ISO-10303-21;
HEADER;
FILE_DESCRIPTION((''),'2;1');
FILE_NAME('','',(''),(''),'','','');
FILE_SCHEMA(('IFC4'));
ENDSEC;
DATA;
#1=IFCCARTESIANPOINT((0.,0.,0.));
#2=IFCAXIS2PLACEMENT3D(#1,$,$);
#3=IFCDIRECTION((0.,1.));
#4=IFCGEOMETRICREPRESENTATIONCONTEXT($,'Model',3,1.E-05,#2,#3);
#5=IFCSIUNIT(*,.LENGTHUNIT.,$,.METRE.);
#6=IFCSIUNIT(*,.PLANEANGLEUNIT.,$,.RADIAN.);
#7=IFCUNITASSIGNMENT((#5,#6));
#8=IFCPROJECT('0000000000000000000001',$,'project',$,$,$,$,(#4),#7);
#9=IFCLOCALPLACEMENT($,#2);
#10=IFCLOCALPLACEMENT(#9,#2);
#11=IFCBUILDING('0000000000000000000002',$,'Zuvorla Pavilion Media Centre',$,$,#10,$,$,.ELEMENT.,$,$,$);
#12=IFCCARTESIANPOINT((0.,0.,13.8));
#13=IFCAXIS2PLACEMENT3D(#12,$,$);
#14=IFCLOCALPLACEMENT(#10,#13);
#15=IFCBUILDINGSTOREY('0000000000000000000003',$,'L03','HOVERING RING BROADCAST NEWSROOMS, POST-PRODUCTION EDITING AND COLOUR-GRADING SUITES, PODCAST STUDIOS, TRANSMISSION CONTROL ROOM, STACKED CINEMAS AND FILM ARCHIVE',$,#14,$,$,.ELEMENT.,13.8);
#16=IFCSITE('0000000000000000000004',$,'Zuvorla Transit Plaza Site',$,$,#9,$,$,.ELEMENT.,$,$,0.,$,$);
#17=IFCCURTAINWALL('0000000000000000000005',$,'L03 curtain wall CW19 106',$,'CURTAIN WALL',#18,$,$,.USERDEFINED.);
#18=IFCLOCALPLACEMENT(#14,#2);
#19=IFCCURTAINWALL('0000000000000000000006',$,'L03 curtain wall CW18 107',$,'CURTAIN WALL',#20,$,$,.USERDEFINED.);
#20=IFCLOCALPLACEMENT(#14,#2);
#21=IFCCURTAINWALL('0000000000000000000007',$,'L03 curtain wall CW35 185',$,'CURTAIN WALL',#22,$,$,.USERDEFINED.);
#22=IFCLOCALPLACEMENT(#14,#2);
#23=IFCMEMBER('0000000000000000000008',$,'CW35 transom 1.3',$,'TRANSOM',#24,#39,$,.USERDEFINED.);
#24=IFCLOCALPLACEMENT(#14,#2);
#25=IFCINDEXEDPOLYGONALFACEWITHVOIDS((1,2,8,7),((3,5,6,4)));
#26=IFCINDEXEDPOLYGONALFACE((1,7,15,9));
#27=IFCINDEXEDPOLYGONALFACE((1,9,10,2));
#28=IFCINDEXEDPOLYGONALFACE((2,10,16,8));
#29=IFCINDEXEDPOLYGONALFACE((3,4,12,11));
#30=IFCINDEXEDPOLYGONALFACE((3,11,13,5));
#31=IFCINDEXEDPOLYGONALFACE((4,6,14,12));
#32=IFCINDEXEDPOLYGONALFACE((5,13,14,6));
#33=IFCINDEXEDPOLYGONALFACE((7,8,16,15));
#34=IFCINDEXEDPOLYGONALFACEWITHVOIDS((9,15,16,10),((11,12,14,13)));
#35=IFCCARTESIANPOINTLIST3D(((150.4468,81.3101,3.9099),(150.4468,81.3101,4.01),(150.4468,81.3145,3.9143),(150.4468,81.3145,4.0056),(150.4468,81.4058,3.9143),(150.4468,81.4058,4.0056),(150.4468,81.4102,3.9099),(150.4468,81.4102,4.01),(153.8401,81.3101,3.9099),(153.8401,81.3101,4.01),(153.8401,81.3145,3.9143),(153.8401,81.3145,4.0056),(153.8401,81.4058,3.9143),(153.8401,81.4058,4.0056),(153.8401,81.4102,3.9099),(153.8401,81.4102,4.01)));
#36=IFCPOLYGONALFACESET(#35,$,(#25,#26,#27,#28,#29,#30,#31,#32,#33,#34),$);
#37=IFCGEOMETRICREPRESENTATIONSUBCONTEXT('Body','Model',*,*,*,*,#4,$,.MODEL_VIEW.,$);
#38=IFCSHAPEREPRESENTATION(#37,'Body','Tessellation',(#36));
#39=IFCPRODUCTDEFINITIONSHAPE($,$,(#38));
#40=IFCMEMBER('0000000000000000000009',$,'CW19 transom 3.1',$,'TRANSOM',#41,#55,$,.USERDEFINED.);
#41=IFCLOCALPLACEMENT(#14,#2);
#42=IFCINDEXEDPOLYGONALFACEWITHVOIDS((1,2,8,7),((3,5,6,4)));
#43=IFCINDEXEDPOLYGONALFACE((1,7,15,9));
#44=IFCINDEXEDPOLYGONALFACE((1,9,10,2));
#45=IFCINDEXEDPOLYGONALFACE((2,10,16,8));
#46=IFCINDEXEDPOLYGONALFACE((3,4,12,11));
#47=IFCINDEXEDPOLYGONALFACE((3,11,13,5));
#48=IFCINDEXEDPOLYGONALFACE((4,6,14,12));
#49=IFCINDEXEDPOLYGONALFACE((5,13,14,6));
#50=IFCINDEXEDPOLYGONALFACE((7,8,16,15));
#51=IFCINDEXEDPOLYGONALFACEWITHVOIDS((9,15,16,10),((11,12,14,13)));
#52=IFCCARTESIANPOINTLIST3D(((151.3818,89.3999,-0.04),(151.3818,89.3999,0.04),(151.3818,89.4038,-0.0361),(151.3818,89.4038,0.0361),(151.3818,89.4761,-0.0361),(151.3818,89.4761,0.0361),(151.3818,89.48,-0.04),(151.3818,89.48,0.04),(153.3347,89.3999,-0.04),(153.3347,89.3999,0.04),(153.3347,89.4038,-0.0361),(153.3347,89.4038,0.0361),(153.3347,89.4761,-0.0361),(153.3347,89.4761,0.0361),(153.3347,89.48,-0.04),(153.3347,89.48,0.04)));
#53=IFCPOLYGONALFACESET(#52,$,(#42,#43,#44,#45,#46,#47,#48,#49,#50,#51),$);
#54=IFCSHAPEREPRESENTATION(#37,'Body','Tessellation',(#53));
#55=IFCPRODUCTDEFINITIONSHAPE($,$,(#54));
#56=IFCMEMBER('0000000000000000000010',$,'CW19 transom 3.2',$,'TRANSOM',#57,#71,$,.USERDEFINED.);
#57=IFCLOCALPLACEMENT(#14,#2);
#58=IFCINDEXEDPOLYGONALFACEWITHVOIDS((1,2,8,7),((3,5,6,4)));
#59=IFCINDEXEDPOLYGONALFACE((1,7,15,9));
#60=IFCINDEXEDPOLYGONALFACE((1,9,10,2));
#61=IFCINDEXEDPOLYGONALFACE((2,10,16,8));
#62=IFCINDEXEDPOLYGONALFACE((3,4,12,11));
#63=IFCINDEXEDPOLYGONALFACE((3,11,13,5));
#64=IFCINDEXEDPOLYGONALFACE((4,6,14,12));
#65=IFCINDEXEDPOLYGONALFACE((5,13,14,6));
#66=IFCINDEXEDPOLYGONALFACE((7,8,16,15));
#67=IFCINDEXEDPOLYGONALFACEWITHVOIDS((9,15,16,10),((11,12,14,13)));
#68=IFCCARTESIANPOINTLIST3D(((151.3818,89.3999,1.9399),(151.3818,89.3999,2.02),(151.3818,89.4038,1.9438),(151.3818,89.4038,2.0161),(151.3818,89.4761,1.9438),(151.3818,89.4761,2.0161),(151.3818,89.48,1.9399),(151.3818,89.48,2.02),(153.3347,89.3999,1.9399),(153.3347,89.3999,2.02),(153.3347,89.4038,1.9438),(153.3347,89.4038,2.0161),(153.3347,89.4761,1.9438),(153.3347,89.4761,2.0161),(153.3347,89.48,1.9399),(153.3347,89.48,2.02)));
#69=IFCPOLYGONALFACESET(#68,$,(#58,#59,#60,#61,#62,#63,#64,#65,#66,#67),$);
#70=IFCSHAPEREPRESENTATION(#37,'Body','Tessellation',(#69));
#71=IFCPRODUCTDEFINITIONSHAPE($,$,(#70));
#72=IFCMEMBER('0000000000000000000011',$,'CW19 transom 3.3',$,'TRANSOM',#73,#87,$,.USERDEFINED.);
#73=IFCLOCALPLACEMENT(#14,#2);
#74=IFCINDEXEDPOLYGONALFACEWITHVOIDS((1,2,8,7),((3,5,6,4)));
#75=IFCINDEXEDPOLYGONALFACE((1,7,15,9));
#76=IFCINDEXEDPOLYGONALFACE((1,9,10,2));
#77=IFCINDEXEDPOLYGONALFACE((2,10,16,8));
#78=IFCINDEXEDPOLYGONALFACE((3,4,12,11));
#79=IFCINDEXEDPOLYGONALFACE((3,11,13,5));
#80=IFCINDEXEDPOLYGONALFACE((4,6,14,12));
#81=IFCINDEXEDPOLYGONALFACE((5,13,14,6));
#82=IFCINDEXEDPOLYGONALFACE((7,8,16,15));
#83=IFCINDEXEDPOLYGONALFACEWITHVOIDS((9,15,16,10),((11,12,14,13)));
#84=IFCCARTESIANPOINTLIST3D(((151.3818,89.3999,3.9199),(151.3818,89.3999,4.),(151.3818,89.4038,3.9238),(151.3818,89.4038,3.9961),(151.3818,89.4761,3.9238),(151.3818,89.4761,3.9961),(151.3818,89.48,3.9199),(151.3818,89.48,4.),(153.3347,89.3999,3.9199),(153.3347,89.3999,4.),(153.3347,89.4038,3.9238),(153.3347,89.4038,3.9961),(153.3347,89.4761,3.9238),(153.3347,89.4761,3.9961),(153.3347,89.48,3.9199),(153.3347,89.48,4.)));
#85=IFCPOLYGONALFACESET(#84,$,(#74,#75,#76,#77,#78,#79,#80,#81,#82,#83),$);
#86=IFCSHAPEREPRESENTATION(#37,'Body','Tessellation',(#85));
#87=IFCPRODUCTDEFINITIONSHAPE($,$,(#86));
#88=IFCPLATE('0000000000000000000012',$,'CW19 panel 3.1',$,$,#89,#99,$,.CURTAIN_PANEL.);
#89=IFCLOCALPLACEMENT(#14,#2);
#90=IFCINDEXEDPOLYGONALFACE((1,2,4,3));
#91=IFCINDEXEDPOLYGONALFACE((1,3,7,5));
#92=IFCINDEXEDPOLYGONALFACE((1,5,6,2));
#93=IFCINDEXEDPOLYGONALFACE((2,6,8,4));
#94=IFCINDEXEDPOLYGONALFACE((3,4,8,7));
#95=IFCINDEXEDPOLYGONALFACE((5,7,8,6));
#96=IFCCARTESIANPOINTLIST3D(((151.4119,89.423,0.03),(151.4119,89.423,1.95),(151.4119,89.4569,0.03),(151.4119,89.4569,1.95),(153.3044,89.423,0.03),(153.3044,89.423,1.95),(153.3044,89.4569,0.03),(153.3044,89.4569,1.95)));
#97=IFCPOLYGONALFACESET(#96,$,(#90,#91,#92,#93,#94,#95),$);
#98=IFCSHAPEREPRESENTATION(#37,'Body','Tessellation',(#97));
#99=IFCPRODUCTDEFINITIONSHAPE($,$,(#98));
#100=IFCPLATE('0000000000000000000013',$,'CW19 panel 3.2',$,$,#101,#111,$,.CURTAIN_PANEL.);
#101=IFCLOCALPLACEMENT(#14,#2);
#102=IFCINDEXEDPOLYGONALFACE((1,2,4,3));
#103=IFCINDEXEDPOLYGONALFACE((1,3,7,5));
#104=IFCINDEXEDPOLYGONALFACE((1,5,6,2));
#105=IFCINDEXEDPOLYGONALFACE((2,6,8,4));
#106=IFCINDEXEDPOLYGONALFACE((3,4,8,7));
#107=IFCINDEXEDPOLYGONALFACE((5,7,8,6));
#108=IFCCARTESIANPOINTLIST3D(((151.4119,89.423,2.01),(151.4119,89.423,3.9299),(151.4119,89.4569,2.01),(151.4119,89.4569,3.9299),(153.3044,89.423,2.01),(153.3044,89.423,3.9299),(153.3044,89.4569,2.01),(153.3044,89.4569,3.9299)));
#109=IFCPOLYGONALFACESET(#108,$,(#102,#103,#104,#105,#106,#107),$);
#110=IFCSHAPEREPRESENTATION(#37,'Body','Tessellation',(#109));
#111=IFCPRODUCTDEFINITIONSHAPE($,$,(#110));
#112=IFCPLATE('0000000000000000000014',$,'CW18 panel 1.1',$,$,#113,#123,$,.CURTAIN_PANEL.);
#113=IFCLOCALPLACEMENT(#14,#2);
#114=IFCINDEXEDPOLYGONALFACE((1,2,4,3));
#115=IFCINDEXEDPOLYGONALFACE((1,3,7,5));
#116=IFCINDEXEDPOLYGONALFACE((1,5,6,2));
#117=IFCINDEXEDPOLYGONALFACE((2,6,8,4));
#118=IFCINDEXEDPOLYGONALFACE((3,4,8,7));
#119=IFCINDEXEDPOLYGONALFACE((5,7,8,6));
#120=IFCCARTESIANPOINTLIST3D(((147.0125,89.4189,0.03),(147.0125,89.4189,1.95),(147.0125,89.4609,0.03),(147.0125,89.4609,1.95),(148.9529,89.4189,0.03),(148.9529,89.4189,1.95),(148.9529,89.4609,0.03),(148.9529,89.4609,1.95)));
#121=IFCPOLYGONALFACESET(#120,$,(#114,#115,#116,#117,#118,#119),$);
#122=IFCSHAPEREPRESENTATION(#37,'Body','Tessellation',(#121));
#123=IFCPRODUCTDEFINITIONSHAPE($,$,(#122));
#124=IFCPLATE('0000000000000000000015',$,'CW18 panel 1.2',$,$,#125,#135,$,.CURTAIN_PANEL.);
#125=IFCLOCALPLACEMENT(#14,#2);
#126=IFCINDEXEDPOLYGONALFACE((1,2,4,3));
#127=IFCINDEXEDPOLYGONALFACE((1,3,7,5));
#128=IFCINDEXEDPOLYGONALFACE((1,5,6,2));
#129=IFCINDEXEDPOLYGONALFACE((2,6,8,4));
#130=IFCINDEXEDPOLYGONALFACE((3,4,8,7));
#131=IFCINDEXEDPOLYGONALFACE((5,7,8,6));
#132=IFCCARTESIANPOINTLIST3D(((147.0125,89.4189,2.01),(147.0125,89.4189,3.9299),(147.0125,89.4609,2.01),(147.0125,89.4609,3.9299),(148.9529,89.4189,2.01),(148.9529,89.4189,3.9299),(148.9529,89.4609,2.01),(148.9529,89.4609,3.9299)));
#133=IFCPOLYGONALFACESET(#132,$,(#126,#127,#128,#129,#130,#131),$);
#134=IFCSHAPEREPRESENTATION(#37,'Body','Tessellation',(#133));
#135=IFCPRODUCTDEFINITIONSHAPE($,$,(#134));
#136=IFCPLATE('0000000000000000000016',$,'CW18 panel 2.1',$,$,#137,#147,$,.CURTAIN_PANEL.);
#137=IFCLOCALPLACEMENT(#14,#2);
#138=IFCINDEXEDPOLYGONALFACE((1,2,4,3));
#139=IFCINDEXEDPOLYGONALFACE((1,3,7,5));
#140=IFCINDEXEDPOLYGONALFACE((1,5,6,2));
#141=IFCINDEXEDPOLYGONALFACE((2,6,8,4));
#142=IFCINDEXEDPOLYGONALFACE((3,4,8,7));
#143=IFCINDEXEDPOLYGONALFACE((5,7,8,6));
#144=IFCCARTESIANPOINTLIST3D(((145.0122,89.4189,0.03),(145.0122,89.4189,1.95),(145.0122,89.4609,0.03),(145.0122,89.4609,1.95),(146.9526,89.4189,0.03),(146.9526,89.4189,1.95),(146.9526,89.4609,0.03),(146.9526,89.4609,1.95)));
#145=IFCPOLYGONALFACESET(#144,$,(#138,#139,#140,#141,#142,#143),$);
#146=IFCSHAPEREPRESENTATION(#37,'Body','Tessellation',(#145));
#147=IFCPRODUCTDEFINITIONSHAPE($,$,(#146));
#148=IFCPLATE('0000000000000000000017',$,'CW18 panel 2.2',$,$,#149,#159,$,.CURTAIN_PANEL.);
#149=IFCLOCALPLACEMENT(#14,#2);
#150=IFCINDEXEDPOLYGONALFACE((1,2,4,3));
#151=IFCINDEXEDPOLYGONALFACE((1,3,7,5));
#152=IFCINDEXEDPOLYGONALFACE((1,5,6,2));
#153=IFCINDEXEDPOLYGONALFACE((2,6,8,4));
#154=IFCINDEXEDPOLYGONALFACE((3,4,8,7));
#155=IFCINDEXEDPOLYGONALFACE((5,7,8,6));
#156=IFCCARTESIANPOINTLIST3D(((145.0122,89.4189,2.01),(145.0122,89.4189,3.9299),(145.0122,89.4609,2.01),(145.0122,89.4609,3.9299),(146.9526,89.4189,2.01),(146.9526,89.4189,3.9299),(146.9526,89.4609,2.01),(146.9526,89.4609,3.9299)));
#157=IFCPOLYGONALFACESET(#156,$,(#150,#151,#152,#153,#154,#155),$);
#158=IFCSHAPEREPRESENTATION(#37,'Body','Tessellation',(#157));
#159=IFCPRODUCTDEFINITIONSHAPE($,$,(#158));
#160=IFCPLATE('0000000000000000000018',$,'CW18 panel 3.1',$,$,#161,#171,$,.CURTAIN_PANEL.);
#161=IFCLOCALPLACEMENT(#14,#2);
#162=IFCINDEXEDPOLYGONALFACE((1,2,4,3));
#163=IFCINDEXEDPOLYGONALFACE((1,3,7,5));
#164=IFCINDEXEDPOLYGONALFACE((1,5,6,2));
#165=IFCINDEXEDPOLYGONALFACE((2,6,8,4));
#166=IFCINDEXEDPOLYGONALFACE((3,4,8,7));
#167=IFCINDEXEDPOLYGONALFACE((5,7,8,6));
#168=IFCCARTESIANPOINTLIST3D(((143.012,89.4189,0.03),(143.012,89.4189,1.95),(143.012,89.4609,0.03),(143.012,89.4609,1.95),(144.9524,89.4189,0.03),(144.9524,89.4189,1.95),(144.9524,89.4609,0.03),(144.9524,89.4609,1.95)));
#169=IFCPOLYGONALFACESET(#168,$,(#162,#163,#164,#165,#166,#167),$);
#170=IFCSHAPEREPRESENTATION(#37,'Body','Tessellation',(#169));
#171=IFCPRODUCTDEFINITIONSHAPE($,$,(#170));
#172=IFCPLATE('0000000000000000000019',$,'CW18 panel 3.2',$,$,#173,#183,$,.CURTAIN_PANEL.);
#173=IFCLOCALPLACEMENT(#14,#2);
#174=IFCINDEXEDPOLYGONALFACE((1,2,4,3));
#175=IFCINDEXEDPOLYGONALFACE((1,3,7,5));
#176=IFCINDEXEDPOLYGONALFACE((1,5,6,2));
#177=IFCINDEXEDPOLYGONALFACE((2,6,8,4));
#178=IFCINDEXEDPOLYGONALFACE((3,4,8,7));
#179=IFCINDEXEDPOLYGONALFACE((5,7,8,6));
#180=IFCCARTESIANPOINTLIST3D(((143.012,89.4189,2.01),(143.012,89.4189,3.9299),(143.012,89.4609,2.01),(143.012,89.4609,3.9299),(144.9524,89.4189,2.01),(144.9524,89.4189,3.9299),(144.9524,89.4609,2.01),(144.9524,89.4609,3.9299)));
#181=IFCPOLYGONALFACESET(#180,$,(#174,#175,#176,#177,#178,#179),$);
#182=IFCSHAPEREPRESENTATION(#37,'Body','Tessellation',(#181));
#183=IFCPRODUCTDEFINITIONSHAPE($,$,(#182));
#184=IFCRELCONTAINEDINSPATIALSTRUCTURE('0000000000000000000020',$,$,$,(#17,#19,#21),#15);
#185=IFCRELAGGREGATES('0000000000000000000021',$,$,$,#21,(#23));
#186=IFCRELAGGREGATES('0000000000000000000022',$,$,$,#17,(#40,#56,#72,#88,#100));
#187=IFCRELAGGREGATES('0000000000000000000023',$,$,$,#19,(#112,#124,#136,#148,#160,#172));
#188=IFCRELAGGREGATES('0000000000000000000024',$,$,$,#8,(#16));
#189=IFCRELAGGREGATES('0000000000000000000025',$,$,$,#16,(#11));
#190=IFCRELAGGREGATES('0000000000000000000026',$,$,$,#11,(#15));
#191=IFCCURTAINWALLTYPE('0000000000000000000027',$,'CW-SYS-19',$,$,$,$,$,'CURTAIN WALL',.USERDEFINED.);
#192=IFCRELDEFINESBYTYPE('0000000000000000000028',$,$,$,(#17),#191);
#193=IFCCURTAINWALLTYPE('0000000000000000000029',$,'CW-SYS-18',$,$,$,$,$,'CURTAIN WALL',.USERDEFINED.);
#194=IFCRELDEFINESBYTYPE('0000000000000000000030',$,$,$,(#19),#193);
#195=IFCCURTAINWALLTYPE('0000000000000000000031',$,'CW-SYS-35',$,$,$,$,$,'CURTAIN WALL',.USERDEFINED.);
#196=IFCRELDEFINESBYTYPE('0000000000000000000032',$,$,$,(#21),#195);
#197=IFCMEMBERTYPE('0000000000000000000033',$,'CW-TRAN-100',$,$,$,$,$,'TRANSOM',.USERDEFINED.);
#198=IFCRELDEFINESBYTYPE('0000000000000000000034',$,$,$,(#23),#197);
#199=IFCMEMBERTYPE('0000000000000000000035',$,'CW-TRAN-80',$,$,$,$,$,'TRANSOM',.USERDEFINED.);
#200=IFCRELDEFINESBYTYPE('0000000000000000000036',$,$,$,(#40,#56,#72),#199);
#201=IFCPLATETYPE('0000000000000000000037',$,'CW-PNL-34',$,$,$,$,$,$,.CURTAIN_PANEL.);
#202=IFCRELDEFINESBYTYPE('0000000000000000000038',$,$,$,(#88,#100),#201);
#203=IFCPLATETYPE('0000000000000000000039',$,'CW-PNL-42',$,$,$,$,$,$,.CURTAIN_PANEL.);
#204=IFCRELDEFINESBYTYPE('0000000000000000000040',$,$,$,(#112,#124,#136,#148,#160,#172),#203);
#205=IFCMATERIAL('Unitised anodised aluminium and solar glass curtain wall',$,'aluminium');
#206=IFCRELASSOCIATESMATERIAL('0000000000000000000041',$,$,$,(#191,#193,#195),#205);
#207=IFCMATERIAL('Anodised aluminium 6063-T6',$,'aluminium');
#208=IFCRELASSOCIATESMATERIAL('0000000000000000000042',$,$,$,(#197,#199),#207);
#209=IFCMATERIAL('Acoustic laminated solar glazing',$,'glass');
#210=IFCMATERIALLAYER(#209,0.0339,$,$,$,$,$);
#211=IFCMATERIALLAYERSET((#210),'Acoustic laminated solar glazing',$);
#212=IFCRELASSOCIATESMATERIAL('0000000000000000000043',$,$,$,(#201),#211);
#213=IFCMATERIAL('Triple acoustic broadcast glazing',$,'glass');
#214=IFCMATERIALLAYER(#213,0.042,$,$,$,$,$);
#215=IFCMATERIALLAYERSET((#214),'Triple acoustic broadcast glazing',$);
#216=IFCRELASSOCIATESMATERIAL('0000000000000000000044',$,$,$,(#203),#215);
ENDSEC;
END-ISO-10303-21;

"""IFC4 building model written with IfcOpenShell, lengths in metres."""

from ifc_helpers import new_model, si_unit, direction, frame, origin, origin_2d, place, context, subcontext, project, spatial, rectangle, hollow_rectangle, extrude, material, layer, layer_set, material_profile, profile_set, type_object, element, aggregate, save


model = new_model("IFC4")

# Units and contexts
model_context = context("Model", 3, precision=1e-05, world=origin(), true_north=direction((0.0, 1.0)))
body_context = subcontext(model_context, "Body", "Model", "MODEL_VIEW")
ifc_project = project(units=[si_unit("LENGTHUNIT", "METRE"), si_unit("PLANEANGLEUNIT", "RADIAN")], contexts=[model_context])

# Site, building, storey
site_placement = place(None, origin())
site = spatial("IfcSite", under=ifc_project, at=site_placement, Name="Zuvorla Transit Plaza Site", CompositionType="ELEMENT", RefElevation=0.0)
building_placement = place(site_placement, origin())
building = spatial("IfcBuilding", under=site, at=building_placement, Name="Zuvorla Pavilion Media Centre", CompositionType="ELEMENT")
storey_placement = place(building_placement, frame((0.0, 0.0, 13.8)))
storey = spatial("IfcBuildingStorey", under=building, at=storey_placement, Name="L03", Description="HOVERING RING BROADCAST NEWSROOMS, POST-PRODUCTION EDITING AND COLOUR-GRADING SUITES, PODCAST STUDIOS, TRANSMISSION CONTROL ROOM, STACKED CINEMAS AND FILM ARCHIVE", CompositionType="ELEMENT", Elevation=13.8)

# Curtain walls, member
ifc_material_1 = material(Name="Unitised anodised aluminium and solar glass curtain wall", Category="aluminium")
curtain_wall_type_1 = type_object("IfcCurtainWallType", Name="CW-SYS-19", ElementType="CURTAIN WALL", PredefinedType="USERDEFINED", material=ifc_material_1)
curtain_wall_1_placement = place(storey_placement, origin())
curtain_wall_1 = element("IfcCurtainWall", 1, at=curtain_wall_1_placement, inside=storey, type_object=curtain_wall_type_1, Name="L03 curtain wall CW19 106", ObjectType="CURTAIN WALL", PredefinedType="USERDEFINED")
ifc_material_2 = material(Name="Anodised aluminium 6063-T6", Category="aluminium")
curtain_wall_type_2 = type_object("IfcCurtainWallType", Name="CW-SYS-18", ElementType="CURTAIN WALL", PredefinedType="USERDEFINED", material=ifc_material_1)
curtain_wall_2_placement = place(storey_placement, origin())
curtain_wall_2 = element("IfcCurtainWall", 2, at=curtain_wall_2_placement, inside=storey, type_object=curtain_wall_type_2, Name="L03 curtain wall CW18 107", ObjectType="CURTAIN WALL", PredefinedType="USERDEFINED")
ifc_material_profile_1 = material_profile(ifc_material_2, hollow_rectangle(XDim=0.1001, YDim=0.1001, WallThickness=0.0044, at=origin_2d()), Name="ALU TRAN 100x100")
ifc_profile_set_1 = profile_set([ifc_material_profile_1], Name="Anodised aluminium 6063-T6")
member_type_1 = type_object("IfcMemberType", Name="CW-TRAN-100", ElementType="TRANSOM", PredefinedType="USERDEFINED", material=ifc_profile_set_1)
curtain_wall_type_3 = type_object("IfcCurtainWallType", Name="CW-SYS-35", ElementType="CURTAIN WALL", PredefinedType="USERDEFINED", material=ifc_material_1)
curtain_wall_3_placement = place(storey_placement, origin())
curtain_wall_3 = element("IfcCurtainWall", 3, at=curtain_wall_3_placement, inside=storey, type_object=curtain_wall_type_3, Name="L03 curtain wall CW35 185", ObjectType="CURTAIN WALL", PredefinedType="USERDEFINED")
member_1_placement = place(storey_placement, frame((153.8401, 81.3601, 3.96), z_axis=(-1.0, 0.0, 0.0), x_axis=(0.0, -1.0, 0.0)))
member_1 = element("IfcMember", 4, at=member_1_placement, type_object=member_type_1, Name="CW35 transom 1.3", ObjectType="TRANSOM", PredefinedType="USERDEFINED", context=body_context, shape_type="SweptSolid", body=[
    extrude(hollow_rectangle(XDim=0.1001, YDim=0.1001, WallThickness=0.0044, at=origin_2d()), origin(), (0.0, 0.0, 1.0), 3.3933),
])
aggregate(curtain_wall_3, [member_1])

# Members
ifc_material_profile_2 = material_profile(ifc_material_2, hollow_rectangle(XDim=0.0801, YDim=0.0801, WallThickness=0.0039, at=origin_2d()), Name="ALU TRAN 80x80")
ifc_profile_set_2 = profile_set([ifc_material_profile_2], Name="Anodised aluminium 6063-T6")
member_type_2 = type_object("IfcMemberType", Name="CW-TRAN-80", ElementType="TRANSOM", PredefinedType="USERDEFINED", material=ifc_profile_set_2)
member_2_placement = place(storey_placement, frame((153.3347, 89.4399, 0.0), z_axis=(-1.0, 0.0, 0.0), x_axis=(0.0, -1.0, 0.0)))
member_2 = element("IfcMember", 5, at=member_2_placement, type_object=member_type_2, Name="CW19 transom 3.1", ObjectType="TRANSOM", PredefinedType="USERDEFINED", context=body_context, shape_type="SweptSolid", body=[
    extrude(hollow_rectangle(XDim=0.0801, YDim=0.0801, WallThickness=0.0039, at=origin_2d()), origin(), (0.0, 0.0, 1.0), 1.9529),
])
member_3_placement = place(storey_placement, frame((153.3347, 89.4399, 1.98), z_axis=(-1.0, 0.0, 0.0), x_axis=(0.0, -1.0, 0.0)))
member_3 = element("IfcMember", 6, at=member_3_placement, type_object=member_type_2, Name="CW19 transom 3.2", ObjectType="TRANSOM", PredefinedType="USERDEFINED", context=body_context, shape_type="SweptSolid", body=[
    extrude(hollow_rectangle(XDim=0.0801, YDim=0.0801, WallThickness=0.0039, at=origin_2d()), origin(), (0.0, 0.0, 1.0), 1.9529),
])
member_4_placement = place(storey_placement, frame((153.3347, 89.4399, 3.96), z_axis=(-1.0, 0.0, 0.0), x_axis=(0.0, -1.0, 0.0)))
member_4 = element("IfcMember", 7, at=member_4_placement, type_object=member_type_2, Name="CW19 transom 3.3", ObjectType="TRANSOM", PredefinedType="USERDEFINED", context=body_context, shape_type="SweptSolid", body=[
    extrude(hollow_rectangle(XDim=0.0801, YDim=0.0801, WallThickness=0.0039, at=origin_2d()), origin(), (0.0, 0.0, 1.0), 1.9529),
])

# Plates
ifc_material_3 = material(Name="Acoustic laminated solar glazing", Category="glass")
ifc_layer_1 = layer(ifc_material_3, 0.0339)
ifc_layer_set_1 = layer_set([ifc_layer_1], Name="Acoustic laminated solar glazing")
plate_type_1 = type_object("IfcPlateType", Name="CW-PNL-34", PredefinedType="CURTAIN_PANEL", material=ifc_layer_set_1)
plate_1_placement = place(storey_placement, frame((152.3582, 89.4399, 0.03), z_axis=(0.0, 0.0, 1.0), x_axis=(-1.0, 0.0, 0.0)))
plate_1 = element("IfcPlate", 8, at=plate_1_placement, type_object=plate_type_1, Name="CW19 panel 3.1", PredefinedType="CURTAIN_PANEL", context=body_context, shape_type="SweptSolid", body=[
    extrude(rectangle(XDim=1.8926, YDim=0.0339, at=origin_2d()), origin(), (0.0, 0.0, 1.0), 1.9199),
])
plate_2_placement = place(storey_placement, frame((152.3582, 89.4399, 2.01), z_axis=(0.0, 0.0, 1.0), x_axis=(-1.0, 0.0, 0.0)))
plate_2 = element("IfcPlate", 9, at=plate_2_placement, type_object=plate_type_1, Name="CW19 panel 3.2", PredefinedType="CURTAIN_PANEL", context=body_context, shape_type="SweptSolid", body=[
    extrude(rectangle(XDim=1.8926, YDim=0.0339, at=origin_2d()), origin(), (0.0, 0.0, 1.0), 1.9199),
])
aggregate(curtain_wall_1, [member_2, member_3, member_4, plate_1, plate_2])
ifc_material_4 = material(Name="Triple acoustic broadcast glazing", Category="glass")
ifc_layer_2 = layer(ifc_material_4, 0.042)
ifc_layer_set_2 = layer_set([ifc_layer_2], Name="Triple acoustic broadcast glazing")
plate_type_2 = type_object("IfcPlateType", Name="CW-PNL-42", PredefinedType="CURTAIN_PANEL", material=ifc_layer_set_2)
plate_3_placement = place(storey_placement, frame((147.9827, 89.4399, 0.03), z_axis=(0.0, 0.0, 1.0), x_axis=(-1.0, 0.0, 0.0)))
plate_3 = element("IfcPlate", 10, at=plate_3_placement, type_object=plate_type_2, Name="CW18 panel 1.1", PredefinedType="CURTAIN_PANEL", context=body_context, shape_type="SweptSolid", body=[
    extrude(rectangle(XDim=1.9404, YDim=0.042, at=origin_2d()), origin(), (0.0, 0.0, 1.0), 1.9199),
])
plate_4_placement = place(storey_placement, frame((147.9827, 89.4399, 2.01), z_axis=(0.0, 0.0, 1.0), x_axis=(-1.0, 0.0, 0.0)))
plate_4 = element("IfcPlate", 11, at=plate_4_placement, type_object=plate_type_2, Name="CW18 panel 1.2", PredefinedType="CURTAIN_PANEL", context=body_context, shape_type="SweptSolid", body=[
    extrude(rectangle(XDim=1.9404, YDim=0.042, at=origin_2d()), origin(), (0.0, 0.0, 1.0), 1.9199),
])
plate_5_placement = place(storey_placement, frame((145.9824, 89.4399, 0.03), z_axis=(0.0, 0.0, 1.0), x_axis=(-1.0, 0.0, 0.0)))
plate_5 = element("IfcPlate", 12, at=plate_5_placement, type_object=plate_type_2, Name="CW18 panel 2.1", PredefinedType="CURTAIN_PANEL", context=body_context, shape_type="SweptSolid", body=[
    extrude(rectangle(XDim=1.9404, YDim=0.042, at=origin_2d()), origin(), (0.0, 0.0, 1.0), 1.9199),
])
plate_6_placement = place(storey_placement, frame((145.9824, 89.4399, 2.01), z_axis=(0.0, 0.0, 1.0), x_axis=(-1.0, 0.0, 0.0)))
plate_6 = element("IfcPlate", 13, at=plate_6_placement, type_object=plate_type_2, Name="CW18 panel 2.2", PredefinedType="CURTAIN_PANEL", context=body_context, shape_type="SweptSolid", body=[
    extrude(rectangle(XDim=1.9404, YDim=0.042, at=origin_2d()), origin(), (0.0, 0.0, 1.0), 1.9199),
])
plate_7_placement = place(storey_placement, frame((143.9822, 89.4399, 0.03), z_axis=(0.0, 0.0, 1.0), x_axis=(-1.0, 0.0, 0.0)))
plate_7 = element("IfcPlate", 14, at=plate_7_placement, type_object=plate_type_2, Name="CW18 panel 3.1", PredefinedType="CURTAIN_PANEL", context=body_context, shape_type="SweptSolid", body=[
    extrude(rectangle(XDim=1.9404, YDim=0.042, at=origin_2d()), origin(), (0.0, 0.0, 1.0), 1.9199),
])
plate_8_placement = place(storey_placement, frame((143.9822, 89.4399, 2.01), z_axis=(0.0, 0.0, 1.0), x_axis=(-1.0, 0.0, 0.0)))
plate_8 = element("IfcPlate", 15, at=plate_8_placement, type_object=plate_type_2, Name="CW18 panel 3.2", PredefinedType="CURTAIN_PANEL", context=body_context, shape_type="SweptSolid", body=[
    extrude(rectangle(XDim=1.9404, YDim=0.042, at=origin_2d()), origin(), (0.0, 0.0, 1.0), 1.9199),
])
aggregate(curtain_wall_2, [plate_3, plate_4, plate_5, plate_6, plate_7, plate_8])

save(model, "model.ifc")
